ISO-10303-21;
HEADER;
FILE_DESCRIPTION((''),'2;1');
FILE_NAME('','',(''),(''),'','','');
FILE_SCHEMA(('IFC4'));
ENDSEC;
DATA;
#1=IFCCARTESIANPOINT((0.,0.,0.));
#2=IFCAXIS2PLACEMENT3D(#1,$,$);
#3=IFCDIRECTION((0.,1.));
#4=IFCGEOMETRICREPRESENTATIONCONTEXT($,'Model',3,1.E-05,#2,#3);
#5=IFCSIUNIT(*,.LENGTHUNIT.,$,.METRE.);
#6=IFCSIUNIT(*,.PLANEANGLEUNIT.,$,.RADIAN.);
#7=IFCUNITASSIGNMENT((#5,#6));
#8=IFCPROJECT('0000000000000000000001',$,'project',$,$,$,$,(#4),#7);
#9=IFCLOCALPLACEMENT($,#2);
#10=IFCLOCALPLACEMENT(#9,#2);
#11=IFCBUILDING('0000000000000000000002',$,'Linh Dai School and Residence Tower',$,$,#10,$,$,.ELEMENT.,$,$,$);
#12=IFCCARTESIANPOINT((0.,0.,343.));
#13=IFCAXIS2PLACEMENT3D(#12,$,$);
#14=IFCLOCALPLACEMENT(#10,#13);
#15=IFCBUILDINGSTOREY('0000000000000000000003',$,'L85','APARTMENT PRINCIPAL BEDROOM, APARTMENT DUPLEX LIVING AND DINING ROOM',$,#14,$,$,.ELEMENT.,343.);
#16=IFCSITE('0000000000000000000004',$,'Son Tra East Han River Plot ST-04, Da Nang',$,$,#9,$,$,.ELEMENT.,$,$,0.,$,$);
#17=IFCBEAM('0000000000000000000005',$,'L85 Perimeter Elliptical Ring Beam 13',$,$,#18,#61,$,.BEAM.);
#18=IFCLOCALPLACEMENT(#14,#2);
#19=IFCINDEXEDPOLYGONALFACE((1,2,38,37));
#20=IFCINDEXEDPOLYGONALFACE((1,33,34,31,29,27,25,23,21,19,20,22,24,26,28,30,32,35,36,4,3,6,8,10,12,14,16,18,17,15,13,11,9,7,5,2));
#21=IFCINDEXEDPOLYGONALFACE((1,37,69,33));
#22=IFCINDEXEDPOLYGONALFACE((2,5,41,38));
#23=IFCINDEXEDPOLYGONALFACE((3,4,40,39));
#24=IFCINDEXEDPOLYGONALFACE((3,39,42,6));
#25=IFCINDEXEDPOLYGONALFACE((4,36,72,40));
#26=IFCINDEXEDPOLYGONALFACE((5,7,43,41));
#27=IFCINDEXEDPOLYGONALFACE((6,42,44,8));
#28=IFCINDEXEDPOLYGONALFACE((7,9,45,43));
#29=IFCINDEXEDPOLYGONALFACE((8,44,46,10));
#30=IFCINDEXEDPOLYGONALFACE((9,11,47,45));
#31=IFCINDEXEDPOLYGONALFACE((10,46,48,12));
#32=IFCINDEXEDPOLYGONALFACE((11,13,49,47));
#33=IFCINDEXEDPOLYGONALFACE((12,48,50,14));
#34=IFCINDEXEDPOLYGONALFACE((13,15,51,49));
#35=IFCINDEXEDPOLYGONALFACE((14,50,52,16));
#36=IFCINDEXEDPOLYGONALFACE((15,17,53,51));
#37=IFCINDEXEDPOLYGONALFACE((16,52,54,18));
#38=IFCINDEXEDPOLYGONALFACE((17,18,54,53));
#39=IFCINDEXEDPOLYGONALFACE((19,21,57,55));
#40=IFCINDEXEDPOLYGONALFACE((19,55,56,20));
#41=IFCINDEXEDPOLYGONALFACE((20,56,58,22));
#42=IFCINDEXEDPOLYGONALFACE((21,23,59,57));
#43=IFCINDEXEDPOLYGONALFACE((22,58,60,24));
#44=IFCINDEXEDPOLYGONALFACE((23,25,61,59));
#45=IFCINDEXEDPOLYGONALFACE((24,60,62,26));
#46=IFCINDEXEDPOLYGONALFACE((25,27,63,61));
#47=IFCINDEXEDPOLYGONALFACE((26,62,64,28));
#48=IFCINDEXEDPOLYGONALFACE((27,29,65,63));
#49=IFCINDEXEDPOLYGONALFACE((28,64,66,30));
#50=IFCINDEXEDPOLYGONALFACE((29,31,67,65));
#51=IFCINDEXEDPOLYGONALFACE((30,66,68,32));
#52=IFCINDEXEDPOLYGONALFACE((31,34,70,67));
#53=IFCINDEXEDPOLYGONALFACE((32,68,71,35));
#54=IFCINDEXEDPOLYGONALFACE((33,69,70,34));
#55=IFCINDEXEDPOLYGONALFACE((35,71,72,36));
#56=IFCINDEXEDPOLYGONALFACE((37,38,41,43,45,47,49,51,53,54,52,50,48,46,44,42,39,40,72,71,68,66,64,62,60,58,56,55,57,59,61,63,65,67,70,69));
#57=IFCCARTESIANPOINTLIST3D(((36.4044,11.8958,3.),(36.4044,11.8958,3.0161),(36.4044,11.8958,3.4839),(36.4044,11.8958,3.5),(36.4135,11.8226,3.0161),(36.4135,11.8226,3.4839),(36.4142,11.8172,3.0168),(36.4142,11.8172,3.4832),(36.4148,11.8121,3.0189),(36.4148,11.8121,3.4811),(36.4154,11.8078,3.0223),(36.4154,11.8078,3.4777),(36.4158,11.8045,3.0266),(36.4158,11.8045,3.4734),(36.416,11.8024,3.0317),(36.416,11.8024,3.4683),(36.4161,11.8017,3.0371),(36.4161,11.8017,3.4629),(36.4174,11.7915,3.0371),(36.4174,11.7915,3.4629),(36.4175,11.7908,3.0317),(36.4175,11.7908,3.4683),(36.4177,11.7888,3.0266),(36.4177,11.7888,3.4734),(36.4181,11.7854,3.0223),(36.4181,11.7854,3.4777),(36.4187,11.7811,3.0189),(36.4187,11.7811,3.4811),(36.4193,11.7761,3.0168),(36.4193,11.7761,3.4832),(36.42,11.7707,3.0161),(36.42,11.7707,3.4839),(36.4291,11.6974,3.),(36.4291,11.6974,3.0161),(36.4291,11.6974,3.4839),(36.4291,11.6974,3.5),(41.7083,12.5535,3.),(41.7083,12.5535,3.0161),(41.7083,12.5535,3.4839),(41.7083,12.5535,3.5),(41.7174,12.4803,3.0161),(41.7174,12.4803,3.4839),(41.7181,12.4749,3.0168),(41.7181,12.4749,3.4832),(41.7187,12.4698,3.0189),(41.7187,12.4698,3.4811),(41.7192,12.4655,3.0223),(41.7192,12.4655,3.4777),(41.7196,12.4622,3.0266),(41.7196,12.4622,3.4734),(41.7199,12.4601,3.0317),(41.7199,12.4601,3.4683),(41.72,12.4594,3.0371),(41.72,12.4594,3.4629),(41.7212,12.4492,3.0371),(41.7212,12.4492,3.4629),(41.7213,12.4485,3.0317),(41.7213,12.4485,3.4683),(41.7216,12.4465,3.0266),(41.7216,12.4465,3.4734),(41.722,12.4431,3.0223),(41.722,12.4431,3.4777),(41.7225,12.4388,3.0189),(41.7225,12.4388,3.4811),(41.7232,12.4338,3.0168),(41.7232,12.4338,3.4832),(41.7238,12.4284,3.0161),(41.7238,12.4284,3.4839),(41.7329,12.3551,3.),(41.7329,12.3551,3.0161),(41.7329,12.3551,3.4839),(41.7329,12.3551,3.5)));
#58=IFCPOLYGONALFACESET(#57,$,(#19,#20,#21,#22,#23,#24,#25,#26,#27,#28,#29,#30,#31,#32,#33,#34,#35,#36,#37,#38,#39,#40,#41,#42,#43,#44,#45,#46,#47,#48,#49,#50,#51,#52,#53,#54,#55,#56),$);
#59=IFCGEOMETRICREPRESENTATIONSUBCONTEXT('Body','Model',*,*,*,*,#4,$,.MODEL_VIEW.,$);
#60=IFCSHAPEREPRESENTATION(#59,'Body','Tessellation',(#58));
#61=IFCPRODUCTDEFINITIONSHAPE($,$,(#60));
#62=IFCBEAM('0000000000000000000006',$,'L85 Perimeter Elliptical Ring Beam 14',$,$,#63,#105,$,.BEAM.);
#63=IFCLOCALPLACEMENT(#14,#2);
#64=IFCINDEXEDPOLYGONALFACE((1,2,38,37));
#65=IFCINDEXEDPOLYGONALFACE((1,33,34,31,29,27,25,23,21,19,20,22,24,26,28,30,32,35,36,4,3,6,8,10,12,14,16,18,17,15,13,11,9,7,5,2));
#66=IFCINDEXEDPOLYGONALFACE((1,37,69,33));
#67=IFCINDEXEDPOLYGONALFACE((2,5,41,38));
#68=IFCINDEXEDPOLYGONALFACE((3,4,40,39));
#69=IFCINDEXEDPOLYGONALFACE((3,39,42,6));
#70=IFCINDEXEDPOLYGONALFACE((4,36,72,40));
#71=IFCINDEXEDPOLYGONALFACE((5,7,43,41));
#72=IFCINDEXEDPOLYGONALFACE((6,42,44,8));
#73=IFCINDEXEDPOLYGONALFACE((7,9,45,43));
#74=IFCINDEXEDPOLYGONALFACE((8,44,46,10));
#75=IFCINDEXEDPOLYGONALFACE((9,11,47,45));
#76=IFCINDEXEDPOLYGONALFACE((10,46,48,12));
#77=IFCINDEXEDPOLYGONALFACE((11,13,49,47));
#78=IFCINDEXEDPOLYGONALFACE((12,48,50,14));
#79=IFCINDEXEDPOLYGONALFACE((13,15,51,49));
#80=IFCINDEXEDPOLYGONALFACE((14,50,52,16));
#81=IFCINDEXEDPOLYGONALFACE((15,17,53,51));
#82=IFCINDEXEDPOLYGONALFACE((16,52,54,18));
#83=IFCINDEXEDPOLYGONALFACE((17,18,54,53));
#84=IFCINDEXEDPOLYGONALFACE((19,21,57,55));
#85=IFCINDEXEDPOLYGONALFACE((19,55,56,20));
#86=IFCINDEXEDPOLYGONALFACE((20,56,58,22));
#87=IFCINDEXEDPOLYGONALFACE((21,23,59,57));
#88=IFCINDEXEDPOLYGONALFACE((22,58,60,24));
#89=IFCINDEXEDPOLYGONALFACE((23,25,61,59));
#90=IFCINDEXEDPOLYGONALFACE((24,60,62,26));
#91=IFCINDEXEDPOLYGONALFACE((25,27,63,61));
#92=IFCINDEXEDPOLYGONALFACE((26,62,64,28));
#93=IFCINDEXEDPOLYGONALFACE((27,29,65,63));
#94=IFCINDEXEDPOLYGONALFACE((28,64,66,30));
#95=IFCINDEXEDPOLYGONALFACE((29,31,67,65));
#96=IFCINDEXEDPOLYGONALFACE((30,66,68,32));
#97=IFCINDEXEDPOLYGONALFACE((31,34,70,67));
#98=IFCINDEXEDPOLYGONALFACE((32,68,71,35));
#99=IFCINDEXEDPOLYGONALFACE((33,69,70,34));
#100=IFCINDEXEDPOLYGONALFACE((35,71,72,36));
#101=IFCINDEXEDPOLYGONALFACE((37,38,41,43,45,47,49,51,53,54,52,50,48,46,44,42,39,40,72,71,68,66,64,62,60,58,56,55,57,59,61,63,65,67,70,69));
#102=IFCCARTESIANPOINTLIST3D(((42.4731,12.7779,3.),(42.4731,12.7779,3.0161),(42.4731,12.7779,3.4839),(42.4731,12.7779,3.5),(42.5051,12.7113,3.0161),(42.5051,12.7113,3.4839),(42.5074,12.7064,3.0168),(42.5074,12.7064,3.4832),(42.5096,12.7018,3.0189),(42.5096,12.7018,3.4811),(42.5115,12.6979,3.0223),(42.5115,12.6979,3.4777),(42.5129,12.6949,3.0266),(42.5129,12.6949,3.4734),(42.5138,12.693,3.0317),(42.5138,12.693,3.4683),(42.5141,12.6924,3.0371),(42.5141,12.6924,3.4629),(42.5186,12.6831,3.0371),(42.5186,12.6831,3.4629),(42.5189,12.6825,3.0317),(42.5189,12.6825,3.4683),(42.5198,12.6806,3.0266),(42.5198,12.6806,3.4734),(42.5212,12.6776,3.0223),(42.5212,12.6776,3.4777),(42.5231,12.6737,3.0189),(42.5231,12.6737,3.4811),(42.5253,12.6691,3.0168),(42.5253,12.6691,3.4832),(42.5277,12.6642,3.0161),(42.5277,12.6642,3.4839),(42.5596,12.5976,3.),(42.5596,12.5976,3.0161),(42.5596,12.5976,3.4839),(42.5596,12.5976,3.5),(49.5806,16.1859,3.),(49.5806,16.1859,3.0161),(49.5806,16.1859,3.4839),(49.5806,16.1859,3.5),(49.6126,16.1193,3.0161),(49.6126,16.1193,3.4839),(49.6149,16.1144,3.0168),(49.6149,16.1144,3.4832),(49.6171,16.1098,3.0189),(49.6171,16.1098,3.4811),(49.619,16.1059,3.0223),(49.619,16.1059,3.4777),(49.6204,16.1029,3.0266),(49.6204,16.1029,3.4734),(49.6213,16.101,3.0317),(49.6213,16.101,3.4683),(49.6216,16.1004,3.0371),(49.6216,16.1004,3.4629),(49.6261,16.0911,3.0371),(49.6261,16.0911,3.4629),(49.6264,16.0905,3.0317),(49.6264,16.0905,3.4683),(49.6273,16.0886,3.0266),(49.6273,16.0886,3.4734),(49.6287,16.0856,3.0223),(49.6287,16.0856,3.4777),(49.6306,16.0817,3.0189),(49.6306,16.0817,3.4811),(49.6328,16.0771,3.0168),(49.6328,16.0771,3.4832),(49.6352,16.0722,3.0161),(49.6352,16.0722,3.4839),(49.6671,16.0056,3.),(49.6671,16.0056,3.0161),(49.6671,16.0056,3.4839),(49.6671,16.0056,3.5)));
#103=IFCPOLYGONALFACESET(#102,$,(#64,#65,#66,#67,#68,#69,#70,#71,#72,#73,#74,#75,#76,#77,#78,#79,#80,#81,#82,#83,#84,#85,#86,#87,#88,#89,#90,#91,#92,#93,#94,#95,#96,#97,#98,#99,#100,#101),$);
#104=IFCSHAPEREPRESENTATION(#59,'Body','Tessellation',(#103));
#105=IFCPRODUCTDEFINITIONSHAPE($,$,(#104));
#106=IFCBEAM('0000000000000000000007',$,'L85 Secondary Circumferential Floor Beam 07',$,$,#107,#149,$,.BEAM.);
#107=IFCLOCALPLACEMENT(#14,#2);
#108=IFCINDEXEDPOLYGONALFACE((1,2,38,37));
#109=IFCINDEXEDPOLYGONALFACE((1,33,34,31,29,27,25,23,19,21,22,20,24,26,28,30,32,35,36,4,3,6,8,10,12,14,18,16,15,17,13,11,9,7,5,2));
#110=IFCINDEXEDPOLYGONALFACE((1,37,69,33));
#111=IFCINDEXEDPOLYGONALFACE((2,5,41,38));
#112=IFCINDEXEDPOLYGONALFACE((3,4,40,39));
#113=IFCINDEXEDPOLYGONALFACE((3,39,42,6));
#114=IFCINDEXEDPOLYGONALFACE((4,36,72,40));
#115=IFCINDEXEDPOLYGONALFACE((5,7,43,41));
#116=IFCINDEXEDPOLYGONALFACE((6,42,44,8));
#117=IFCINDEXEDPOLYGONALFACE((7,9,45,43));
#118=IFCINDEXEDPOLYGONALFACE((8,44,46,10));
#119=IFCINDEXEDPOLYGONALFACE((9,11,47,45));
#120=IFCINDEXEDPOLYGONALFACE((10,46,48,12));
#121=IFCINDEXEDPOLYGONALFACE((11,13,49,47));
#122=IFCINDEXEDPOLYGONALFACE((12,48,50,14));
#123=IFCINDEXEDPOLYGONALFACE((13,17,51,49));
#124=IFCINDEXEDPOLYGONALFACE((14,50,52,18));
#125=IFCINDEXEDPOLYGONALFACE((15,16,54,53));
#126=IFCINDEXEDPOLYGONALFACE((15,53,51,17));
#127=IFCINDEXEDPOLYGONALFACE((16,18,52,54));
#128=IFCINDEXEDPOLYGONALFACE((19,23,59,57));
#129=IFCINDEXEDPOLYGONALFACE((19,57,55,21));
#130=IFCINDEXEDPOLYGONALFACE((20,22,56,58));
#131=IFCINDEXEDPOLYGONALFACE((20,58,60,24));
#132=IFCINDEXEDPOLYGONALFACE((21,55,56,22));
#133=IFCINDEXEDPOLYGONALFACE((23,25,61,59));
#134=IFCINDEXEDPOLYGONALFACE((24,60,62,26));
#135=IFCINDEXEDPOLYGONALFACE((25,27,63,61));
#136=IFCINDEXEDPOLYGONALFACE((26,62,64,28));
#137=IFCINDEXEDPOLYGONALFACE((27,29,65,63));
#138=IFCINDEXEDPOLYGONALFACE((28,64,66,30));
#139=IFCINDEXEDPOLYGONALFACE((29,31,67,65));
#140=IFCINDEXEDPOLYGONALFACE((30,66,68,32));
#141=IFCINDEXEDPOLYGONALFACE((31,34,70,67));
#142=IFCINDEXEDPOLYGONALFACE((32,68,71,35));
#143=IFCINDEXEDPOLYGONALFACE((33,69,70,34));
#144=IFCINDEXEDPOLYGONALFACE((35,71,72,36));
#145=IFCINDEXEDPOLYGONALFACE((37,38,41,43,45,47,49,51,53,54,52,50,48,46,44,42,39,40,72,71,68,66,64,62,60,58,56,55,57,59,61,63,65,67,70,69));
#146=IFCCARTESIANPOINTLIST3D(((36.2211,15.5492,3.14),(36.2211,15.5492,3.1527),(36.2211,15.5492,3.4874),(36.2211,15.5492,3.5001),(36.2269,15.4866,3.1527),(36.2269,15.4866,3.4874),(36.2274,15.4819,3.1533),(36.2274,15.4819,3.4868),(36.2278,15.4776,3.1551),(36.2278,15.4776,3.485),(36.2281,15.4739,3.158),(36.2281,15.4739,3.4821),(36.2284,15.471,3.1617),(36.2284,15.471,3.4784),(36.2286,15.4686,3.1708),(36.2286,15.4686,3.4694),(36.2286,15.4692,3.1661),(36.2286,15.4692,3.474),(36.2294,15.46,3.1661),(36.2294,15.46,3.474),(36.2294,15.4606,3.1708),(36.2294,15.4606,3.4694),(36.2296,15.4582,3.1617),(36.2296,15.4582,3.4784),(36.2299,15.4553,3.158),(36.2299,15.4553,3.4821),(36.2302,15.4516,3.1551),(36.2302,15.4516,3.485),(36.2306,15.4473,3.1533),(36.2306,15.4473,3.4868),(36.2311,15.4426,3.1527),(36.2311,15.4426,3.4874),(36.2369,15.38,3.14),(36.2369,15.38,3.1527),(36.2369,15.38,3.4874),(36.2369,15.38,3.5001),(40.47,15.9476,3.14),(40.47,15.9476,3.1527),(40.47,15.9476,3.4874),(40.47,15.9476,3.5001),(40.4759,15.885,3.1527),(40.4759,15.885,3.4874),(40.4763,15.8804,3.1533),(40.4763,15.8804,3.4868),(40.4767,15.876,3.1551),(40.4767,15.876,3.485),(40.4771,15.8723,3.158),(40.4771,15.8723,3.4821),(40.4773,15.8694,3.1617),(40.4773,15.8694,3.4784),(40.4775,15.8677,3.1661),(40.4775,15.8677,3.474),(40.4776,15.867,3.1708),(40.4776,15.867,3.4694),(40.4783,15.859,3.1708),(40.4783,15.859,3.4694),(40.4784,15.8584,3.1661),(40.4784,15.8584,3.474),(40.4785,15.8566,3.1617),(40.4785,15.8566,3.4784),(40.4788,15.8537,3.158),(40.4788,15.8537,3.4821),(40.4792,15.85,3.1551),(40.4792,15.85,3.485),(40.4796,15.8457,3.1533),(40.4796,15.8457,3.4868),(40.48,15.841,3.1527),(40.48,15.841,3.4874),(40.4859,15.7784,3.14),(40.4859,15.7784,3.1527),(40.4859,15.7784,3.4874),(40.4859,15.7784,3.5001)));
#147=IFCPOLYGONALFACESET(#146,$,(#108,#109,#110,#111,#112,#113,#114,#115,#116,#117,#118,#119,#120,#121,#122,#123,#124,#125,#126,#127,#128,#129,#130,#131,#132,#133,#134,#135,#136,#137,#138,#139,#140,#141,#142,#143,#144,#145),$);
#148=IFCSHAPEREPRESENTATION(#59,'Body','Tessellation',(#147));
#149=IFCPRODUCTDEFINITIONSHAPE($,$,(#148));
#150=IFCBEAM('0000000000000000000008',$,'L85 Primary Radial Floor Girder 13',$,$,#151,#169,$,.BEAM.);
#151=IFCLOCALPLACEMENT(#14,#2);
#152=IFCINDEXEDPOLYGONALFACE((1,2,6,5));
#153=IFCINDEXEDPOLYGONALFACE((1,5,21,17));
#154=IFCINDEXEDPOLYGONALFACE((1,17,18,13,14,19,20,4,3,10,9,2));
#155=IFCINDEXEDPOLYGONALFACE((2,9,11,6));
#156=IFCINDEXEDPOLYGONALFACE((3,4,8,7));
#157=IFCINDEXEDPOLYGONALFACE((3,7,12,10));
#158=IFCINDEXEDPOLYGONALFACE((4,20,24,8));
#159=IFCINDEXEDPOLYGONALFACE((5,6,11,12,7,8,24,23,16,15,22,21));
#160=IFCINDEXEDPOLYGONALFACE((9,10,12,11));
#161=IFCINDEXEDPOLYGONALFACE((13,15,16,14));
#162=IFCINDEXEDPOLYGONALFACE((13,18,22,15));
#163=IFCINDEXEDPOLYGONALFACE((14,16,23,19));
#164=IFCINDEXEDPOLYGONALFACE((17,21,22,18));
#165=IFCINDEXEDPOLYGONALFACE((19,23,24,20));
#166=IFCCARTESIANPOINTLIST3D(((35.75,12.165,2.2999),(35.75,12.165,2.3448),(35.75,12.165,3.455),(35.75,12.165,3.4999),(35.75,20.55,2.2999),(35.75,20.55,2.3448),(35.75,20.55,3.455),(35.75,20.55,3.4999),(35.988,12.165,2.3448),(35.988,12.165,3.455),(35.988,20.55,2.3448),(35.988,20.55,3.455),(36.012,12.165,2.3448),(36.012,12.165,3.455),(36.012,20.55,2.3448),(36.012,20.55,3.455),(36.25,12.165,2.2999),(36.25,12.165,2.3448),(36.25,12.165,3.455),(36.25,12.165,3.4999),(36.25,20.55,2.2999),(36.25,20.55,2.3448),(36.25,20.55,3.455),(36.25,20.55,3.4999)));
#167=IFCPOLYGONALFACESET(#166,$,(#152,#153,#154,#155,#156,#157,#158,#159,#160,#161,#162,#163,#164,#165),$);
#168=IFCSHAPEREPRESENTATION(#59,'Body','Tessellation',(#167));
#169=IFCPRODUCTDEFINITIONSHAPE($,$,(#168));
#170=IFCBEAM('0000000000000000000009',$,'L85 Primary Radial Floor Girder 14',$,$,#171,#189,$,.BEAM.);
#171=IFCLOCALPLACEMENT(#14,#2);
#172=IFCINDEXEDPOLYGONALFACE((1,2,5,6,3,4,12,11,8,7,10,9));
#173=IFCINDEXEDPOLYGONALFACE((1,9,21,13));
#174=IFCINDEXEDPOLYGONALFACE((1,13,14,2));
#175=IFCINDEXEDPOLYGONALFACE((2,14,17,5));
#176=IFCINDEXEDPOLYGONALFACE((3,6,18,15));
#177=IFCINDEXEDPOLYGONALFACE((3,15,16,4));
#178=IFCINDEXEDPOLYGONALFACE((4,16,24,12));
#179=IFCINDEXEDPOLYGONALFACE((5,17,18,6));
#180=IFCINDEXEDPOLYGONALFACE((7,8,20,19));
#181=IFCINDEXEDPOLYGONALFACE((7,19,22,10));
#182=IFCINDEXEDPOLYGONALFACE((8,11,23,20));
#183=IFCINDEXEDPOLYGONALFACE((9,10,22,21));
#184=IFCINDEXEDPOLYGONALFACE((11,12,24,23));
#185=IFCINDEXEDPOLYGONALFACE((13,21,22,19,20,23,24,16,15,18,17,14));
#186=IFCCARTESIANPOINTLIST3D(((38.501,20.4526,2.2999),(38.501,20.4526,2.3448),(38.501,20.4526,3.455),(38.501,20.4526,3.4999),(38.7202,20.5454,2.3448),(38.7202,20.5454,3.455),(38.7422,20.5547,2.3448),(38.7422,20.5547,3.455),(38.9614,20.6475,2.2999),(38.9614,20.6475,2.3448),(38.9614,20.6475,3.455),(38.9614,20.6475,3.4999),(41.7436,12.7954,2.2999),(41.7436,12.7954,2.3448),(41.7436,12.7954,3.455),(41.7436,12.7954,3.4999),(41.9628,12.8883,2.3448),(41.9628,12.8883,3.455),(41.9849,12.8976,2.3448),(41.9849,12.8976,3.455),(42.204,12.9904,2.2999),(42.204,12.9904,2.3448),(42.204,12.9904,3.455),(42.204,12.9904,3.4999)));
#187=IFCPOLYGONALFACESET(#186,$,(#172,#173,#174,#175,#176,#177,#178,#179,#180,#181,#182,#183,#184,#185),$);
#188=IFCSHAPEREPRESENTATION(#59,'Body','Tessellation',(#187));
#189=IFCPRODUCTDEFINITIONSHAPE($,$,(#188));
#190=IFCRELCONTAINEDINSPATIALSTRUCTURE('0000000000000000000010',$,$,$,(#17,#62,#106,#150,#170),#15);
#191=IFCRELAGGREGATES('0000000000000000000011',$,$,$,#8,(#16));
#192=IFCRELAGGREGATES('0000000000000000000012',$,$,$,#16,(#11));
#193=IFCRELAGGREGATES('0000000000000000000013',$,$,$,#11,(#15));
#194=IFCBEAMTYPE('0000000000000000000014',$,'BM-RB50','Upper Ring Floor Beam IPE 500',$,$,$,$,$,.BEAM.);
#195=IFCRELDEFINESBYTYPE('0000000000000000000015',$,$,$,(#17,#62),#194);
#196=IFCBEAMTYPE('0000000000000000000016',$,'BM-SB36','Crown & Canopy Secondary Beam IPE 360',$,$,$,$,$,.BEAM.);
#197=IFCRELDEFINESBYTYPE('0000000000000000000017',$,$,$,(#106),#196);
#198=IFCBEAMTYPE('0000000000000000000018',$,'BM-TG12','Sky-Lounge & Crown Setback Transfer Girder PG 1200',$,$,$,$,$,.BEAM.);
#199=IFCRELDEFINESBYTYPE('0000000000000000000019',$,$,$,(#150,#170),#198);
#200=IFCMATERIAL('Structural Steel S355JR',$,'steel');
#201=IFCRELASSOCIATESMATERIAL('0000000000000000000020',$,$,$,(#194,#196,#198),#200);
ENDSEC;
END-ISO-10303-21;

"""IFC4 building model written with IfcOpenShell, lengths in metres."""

from ifc_helpers import new_model, si_unit, direction, frame, origin, origin_2d, place, context, subcontext, project, spatial, i_section, extrude, material, material_profile, profile_set, type_object, element, save


model = new_model("IFC4")

# Units and contexts
model_context = context("Model", 3, precision=1e-05, world=origin(), true_north=direction((0.0, 1.0)))
body_context = subcontext(model_context, "Body", "Model", "MODEL_VIEW")
ifc_project = project(units=[si_unit("LENGTHUNIT", "METRE"), si_unit("PLANEANGLEUNIT", "RADIAN")], contexts=[model_context])

# Site, building, storey
site_placement = place(None, origin())
site = spatial("IfcSite", under=ifc_project, at=site_placement, Name="Son Tra East Han River Plot ST-04, Da Nang", CompositionType="ELEMENT", RefElevation=0.0)
building_placement = place(site_placement, origin())
building = spatial("IfcBuilding", under=site, at=building_placement, Name="Linh Dai School and Residence Tower", CompositionType="ELEMENT")
storey_placement = place(building_placement, frame((0.0, 0.0, 343.0)))
storey = spatial("IfcBuildingStorey", under=building, at=storey_placement, Name="L85", Description="APARTMENT PRINCIPAL BEDROOM, APARTMENT DUPLEX LIVING AND DINING ROOM", CompositionType="ELEMENT", Elevation=343.0)

# Shared definitions
ifc_material_1 = material(Name="Structural Steel S355JR", Category="steel")

# Beams
ifc_material_profile_1 = material_profile(ifc_material_1, i_section(OverallWidth=0.2, OverallDepth=0.5, WebThickness=0.0103, FlangeThickness=0.0161, FilletRadius=0.021, at=origin_2d()), Name="IPE 500")
ifc_profile_set_1 = profile_set([ifc_material_profile_1], Name="Structural Steel S355JR")
beam_type_1 = type_object("IfcBeamType", Name="BM-RB50", Description="Upper Ring Floor Beam IPE 500", PredefinedType="BEAM", material=ifc_profile_set_1)
beam_1_placement = place(storey_placement, frame((36.4167, 11.7966, 3.25), z_axis=(0.992399, 0.123062, 0.0), x_axis=(-0.123062, 0.992399, 0.0)))
element("IfcBeam", 1, at=beam_1_placement, inside=storey, type_object=beam_type_1, Name="L85 Perimeter Elliptical Ring Beam 13", PredefinedType="BEAM", context=body_context, shape_type="SweptSolid", body=[
    extrude(i_section(OverallWidth=0.2, OverallDepth=0.5, WebThickness=0.0103, FlangeThickness=0.0161, FilletRadius=0.021, at=origin_2d()), origin(), (0.0, 0.0, 1.0), 5.3445),
])
beam_2_placement = place(storey_placement, frame((42.5164, 12.6877, 3.25), z_axis=(0.901701, 0.432359, 0.0), x_axis=(-0.432359, 0.901701, 0.0)))
element("IfcBeam", 2, at=beam_2_placement, inside=storey, type_object=beam_type_1, Name="L85 Perimeter Elliptical Ring Beam 14", PredefinedType="BEAM", context=body_context, shape_type="SweptSolid", body=[
    extrude(i_section(OverallWidth=0.2, OverallDepth=0.5, WebThickness=0.0103, FlangeThickness=0.0161, FilletRadius=0.021, at=origin_2d()), origin(), (0.0, 0.0, 1.0), 7.8823),
])
ifc_material_profile_2 = material_profile(ifc_material_1, i_section(OverallWidth=0.1699, OverallDepth=0.3601, WebThickness=0.0081, FlangeThickness=0.0127, FilletRadius=0.0181, at=origin_2d()), Name="IPE 360")
ifc_profile_set_2 = profile_set([ifc_material_profile_2], Name="Structural Steel S355JR")
beam_type_2 = type_object("IfcBeamType", Name="BM-SB36", Description="Crown & Canopy Secondary Beam IPE 360", PredefinedType="BEAM", material=ifc_profile_set_2)
beam_3_placement = place(storey_placement, frame((36.229, 15.4646, 3.3201), z_axis=(0.995632, 0.093362, 0.0), x_axis=(-0.093362, 0.995632, 0.0)))
element("IfcBeam", 3, at=beam_3_placement, inside=storey, type_object=beam_type_2, Name="L85 Secondary Circumferential Floor Beam 07", PredefinedType="BEAM", context=body_context, shape_type="SweptSolid", body=[
    extrude(i_section(OverallWidth=0.1699, OverallDepth=0.3601, WebThickness=0.0081, FlangeThickness=0.0127, FilletRadius=0.0181, at=origin_2d()), origin(), (0.0, 0.0, 1.0), 4.2676),
])
ifc_material_profile_3 = material_profile(ifc_material_1, i_section(OverallWidth=0.5, OverallDepth=1.2, WebThickness=0.0239, FlangeThickness=0.0449, at=origin_2d()), Name="PG 1200x500x24x45")
ifc_profile_set_3 = profile_set([ifc_material_profile_3], Name="Structural Steel S355JR")
beam_type_3 = type_object("IfcBeamType", Name="BM-TG12", Description="Sky-Lounge & Crown Setback Transfer Girder PG 1200", PredefinedType="BEAM", material=ifc_profile_set_3)
beam_4_placement = place(storey_placement, frame((36.0, 20.55, 2.8999), z_axis=(0.0, -1.0, 0.0), x_axis=(1.0, 0.0, 0.0)))
element("IfcBeam", 4, at=beam_4_placement, inside=storey, type_object=beam_type_3, Name="L85 Primary Radial Floor Girder 13", PredefinedType="BEAM", context=body_context, shape_type="SweptSolid", body=[
    extrude(i_section(OverallWidth=0.5, OverallDepth=1.2, WebThickness=0.0239, FlangeThickness=0.0449, at=origin_2d()), origin(), (0.0, 0.0, 1.0), 8.385),
])
beam_5_placement = place(storey_placement, frame((38.7312, 20.55, 2.8999), z_axis=(0.389954, -0.920834, 0.0), x_axis=(0.920834, 0.389954, 0.0)))
element("IfcBeam", 5, at=beam_5_placement, inside=storey, type_object=beam_type_3, Name="L85 Primary Radial Floor Girder 14", PredefinedType="BEAM", context=body_context, shape_type="SweptSolid", body=[
    extrude(i_section(OverallWidth=0.5, OverallDepth=1.2, WebThickness=0.0239, FlangeThickness=0.0449, at=origin_2d()), origin(), (0.0, 0.0, 1.0), 8.3154),
])

save(model, "model.ifc")
